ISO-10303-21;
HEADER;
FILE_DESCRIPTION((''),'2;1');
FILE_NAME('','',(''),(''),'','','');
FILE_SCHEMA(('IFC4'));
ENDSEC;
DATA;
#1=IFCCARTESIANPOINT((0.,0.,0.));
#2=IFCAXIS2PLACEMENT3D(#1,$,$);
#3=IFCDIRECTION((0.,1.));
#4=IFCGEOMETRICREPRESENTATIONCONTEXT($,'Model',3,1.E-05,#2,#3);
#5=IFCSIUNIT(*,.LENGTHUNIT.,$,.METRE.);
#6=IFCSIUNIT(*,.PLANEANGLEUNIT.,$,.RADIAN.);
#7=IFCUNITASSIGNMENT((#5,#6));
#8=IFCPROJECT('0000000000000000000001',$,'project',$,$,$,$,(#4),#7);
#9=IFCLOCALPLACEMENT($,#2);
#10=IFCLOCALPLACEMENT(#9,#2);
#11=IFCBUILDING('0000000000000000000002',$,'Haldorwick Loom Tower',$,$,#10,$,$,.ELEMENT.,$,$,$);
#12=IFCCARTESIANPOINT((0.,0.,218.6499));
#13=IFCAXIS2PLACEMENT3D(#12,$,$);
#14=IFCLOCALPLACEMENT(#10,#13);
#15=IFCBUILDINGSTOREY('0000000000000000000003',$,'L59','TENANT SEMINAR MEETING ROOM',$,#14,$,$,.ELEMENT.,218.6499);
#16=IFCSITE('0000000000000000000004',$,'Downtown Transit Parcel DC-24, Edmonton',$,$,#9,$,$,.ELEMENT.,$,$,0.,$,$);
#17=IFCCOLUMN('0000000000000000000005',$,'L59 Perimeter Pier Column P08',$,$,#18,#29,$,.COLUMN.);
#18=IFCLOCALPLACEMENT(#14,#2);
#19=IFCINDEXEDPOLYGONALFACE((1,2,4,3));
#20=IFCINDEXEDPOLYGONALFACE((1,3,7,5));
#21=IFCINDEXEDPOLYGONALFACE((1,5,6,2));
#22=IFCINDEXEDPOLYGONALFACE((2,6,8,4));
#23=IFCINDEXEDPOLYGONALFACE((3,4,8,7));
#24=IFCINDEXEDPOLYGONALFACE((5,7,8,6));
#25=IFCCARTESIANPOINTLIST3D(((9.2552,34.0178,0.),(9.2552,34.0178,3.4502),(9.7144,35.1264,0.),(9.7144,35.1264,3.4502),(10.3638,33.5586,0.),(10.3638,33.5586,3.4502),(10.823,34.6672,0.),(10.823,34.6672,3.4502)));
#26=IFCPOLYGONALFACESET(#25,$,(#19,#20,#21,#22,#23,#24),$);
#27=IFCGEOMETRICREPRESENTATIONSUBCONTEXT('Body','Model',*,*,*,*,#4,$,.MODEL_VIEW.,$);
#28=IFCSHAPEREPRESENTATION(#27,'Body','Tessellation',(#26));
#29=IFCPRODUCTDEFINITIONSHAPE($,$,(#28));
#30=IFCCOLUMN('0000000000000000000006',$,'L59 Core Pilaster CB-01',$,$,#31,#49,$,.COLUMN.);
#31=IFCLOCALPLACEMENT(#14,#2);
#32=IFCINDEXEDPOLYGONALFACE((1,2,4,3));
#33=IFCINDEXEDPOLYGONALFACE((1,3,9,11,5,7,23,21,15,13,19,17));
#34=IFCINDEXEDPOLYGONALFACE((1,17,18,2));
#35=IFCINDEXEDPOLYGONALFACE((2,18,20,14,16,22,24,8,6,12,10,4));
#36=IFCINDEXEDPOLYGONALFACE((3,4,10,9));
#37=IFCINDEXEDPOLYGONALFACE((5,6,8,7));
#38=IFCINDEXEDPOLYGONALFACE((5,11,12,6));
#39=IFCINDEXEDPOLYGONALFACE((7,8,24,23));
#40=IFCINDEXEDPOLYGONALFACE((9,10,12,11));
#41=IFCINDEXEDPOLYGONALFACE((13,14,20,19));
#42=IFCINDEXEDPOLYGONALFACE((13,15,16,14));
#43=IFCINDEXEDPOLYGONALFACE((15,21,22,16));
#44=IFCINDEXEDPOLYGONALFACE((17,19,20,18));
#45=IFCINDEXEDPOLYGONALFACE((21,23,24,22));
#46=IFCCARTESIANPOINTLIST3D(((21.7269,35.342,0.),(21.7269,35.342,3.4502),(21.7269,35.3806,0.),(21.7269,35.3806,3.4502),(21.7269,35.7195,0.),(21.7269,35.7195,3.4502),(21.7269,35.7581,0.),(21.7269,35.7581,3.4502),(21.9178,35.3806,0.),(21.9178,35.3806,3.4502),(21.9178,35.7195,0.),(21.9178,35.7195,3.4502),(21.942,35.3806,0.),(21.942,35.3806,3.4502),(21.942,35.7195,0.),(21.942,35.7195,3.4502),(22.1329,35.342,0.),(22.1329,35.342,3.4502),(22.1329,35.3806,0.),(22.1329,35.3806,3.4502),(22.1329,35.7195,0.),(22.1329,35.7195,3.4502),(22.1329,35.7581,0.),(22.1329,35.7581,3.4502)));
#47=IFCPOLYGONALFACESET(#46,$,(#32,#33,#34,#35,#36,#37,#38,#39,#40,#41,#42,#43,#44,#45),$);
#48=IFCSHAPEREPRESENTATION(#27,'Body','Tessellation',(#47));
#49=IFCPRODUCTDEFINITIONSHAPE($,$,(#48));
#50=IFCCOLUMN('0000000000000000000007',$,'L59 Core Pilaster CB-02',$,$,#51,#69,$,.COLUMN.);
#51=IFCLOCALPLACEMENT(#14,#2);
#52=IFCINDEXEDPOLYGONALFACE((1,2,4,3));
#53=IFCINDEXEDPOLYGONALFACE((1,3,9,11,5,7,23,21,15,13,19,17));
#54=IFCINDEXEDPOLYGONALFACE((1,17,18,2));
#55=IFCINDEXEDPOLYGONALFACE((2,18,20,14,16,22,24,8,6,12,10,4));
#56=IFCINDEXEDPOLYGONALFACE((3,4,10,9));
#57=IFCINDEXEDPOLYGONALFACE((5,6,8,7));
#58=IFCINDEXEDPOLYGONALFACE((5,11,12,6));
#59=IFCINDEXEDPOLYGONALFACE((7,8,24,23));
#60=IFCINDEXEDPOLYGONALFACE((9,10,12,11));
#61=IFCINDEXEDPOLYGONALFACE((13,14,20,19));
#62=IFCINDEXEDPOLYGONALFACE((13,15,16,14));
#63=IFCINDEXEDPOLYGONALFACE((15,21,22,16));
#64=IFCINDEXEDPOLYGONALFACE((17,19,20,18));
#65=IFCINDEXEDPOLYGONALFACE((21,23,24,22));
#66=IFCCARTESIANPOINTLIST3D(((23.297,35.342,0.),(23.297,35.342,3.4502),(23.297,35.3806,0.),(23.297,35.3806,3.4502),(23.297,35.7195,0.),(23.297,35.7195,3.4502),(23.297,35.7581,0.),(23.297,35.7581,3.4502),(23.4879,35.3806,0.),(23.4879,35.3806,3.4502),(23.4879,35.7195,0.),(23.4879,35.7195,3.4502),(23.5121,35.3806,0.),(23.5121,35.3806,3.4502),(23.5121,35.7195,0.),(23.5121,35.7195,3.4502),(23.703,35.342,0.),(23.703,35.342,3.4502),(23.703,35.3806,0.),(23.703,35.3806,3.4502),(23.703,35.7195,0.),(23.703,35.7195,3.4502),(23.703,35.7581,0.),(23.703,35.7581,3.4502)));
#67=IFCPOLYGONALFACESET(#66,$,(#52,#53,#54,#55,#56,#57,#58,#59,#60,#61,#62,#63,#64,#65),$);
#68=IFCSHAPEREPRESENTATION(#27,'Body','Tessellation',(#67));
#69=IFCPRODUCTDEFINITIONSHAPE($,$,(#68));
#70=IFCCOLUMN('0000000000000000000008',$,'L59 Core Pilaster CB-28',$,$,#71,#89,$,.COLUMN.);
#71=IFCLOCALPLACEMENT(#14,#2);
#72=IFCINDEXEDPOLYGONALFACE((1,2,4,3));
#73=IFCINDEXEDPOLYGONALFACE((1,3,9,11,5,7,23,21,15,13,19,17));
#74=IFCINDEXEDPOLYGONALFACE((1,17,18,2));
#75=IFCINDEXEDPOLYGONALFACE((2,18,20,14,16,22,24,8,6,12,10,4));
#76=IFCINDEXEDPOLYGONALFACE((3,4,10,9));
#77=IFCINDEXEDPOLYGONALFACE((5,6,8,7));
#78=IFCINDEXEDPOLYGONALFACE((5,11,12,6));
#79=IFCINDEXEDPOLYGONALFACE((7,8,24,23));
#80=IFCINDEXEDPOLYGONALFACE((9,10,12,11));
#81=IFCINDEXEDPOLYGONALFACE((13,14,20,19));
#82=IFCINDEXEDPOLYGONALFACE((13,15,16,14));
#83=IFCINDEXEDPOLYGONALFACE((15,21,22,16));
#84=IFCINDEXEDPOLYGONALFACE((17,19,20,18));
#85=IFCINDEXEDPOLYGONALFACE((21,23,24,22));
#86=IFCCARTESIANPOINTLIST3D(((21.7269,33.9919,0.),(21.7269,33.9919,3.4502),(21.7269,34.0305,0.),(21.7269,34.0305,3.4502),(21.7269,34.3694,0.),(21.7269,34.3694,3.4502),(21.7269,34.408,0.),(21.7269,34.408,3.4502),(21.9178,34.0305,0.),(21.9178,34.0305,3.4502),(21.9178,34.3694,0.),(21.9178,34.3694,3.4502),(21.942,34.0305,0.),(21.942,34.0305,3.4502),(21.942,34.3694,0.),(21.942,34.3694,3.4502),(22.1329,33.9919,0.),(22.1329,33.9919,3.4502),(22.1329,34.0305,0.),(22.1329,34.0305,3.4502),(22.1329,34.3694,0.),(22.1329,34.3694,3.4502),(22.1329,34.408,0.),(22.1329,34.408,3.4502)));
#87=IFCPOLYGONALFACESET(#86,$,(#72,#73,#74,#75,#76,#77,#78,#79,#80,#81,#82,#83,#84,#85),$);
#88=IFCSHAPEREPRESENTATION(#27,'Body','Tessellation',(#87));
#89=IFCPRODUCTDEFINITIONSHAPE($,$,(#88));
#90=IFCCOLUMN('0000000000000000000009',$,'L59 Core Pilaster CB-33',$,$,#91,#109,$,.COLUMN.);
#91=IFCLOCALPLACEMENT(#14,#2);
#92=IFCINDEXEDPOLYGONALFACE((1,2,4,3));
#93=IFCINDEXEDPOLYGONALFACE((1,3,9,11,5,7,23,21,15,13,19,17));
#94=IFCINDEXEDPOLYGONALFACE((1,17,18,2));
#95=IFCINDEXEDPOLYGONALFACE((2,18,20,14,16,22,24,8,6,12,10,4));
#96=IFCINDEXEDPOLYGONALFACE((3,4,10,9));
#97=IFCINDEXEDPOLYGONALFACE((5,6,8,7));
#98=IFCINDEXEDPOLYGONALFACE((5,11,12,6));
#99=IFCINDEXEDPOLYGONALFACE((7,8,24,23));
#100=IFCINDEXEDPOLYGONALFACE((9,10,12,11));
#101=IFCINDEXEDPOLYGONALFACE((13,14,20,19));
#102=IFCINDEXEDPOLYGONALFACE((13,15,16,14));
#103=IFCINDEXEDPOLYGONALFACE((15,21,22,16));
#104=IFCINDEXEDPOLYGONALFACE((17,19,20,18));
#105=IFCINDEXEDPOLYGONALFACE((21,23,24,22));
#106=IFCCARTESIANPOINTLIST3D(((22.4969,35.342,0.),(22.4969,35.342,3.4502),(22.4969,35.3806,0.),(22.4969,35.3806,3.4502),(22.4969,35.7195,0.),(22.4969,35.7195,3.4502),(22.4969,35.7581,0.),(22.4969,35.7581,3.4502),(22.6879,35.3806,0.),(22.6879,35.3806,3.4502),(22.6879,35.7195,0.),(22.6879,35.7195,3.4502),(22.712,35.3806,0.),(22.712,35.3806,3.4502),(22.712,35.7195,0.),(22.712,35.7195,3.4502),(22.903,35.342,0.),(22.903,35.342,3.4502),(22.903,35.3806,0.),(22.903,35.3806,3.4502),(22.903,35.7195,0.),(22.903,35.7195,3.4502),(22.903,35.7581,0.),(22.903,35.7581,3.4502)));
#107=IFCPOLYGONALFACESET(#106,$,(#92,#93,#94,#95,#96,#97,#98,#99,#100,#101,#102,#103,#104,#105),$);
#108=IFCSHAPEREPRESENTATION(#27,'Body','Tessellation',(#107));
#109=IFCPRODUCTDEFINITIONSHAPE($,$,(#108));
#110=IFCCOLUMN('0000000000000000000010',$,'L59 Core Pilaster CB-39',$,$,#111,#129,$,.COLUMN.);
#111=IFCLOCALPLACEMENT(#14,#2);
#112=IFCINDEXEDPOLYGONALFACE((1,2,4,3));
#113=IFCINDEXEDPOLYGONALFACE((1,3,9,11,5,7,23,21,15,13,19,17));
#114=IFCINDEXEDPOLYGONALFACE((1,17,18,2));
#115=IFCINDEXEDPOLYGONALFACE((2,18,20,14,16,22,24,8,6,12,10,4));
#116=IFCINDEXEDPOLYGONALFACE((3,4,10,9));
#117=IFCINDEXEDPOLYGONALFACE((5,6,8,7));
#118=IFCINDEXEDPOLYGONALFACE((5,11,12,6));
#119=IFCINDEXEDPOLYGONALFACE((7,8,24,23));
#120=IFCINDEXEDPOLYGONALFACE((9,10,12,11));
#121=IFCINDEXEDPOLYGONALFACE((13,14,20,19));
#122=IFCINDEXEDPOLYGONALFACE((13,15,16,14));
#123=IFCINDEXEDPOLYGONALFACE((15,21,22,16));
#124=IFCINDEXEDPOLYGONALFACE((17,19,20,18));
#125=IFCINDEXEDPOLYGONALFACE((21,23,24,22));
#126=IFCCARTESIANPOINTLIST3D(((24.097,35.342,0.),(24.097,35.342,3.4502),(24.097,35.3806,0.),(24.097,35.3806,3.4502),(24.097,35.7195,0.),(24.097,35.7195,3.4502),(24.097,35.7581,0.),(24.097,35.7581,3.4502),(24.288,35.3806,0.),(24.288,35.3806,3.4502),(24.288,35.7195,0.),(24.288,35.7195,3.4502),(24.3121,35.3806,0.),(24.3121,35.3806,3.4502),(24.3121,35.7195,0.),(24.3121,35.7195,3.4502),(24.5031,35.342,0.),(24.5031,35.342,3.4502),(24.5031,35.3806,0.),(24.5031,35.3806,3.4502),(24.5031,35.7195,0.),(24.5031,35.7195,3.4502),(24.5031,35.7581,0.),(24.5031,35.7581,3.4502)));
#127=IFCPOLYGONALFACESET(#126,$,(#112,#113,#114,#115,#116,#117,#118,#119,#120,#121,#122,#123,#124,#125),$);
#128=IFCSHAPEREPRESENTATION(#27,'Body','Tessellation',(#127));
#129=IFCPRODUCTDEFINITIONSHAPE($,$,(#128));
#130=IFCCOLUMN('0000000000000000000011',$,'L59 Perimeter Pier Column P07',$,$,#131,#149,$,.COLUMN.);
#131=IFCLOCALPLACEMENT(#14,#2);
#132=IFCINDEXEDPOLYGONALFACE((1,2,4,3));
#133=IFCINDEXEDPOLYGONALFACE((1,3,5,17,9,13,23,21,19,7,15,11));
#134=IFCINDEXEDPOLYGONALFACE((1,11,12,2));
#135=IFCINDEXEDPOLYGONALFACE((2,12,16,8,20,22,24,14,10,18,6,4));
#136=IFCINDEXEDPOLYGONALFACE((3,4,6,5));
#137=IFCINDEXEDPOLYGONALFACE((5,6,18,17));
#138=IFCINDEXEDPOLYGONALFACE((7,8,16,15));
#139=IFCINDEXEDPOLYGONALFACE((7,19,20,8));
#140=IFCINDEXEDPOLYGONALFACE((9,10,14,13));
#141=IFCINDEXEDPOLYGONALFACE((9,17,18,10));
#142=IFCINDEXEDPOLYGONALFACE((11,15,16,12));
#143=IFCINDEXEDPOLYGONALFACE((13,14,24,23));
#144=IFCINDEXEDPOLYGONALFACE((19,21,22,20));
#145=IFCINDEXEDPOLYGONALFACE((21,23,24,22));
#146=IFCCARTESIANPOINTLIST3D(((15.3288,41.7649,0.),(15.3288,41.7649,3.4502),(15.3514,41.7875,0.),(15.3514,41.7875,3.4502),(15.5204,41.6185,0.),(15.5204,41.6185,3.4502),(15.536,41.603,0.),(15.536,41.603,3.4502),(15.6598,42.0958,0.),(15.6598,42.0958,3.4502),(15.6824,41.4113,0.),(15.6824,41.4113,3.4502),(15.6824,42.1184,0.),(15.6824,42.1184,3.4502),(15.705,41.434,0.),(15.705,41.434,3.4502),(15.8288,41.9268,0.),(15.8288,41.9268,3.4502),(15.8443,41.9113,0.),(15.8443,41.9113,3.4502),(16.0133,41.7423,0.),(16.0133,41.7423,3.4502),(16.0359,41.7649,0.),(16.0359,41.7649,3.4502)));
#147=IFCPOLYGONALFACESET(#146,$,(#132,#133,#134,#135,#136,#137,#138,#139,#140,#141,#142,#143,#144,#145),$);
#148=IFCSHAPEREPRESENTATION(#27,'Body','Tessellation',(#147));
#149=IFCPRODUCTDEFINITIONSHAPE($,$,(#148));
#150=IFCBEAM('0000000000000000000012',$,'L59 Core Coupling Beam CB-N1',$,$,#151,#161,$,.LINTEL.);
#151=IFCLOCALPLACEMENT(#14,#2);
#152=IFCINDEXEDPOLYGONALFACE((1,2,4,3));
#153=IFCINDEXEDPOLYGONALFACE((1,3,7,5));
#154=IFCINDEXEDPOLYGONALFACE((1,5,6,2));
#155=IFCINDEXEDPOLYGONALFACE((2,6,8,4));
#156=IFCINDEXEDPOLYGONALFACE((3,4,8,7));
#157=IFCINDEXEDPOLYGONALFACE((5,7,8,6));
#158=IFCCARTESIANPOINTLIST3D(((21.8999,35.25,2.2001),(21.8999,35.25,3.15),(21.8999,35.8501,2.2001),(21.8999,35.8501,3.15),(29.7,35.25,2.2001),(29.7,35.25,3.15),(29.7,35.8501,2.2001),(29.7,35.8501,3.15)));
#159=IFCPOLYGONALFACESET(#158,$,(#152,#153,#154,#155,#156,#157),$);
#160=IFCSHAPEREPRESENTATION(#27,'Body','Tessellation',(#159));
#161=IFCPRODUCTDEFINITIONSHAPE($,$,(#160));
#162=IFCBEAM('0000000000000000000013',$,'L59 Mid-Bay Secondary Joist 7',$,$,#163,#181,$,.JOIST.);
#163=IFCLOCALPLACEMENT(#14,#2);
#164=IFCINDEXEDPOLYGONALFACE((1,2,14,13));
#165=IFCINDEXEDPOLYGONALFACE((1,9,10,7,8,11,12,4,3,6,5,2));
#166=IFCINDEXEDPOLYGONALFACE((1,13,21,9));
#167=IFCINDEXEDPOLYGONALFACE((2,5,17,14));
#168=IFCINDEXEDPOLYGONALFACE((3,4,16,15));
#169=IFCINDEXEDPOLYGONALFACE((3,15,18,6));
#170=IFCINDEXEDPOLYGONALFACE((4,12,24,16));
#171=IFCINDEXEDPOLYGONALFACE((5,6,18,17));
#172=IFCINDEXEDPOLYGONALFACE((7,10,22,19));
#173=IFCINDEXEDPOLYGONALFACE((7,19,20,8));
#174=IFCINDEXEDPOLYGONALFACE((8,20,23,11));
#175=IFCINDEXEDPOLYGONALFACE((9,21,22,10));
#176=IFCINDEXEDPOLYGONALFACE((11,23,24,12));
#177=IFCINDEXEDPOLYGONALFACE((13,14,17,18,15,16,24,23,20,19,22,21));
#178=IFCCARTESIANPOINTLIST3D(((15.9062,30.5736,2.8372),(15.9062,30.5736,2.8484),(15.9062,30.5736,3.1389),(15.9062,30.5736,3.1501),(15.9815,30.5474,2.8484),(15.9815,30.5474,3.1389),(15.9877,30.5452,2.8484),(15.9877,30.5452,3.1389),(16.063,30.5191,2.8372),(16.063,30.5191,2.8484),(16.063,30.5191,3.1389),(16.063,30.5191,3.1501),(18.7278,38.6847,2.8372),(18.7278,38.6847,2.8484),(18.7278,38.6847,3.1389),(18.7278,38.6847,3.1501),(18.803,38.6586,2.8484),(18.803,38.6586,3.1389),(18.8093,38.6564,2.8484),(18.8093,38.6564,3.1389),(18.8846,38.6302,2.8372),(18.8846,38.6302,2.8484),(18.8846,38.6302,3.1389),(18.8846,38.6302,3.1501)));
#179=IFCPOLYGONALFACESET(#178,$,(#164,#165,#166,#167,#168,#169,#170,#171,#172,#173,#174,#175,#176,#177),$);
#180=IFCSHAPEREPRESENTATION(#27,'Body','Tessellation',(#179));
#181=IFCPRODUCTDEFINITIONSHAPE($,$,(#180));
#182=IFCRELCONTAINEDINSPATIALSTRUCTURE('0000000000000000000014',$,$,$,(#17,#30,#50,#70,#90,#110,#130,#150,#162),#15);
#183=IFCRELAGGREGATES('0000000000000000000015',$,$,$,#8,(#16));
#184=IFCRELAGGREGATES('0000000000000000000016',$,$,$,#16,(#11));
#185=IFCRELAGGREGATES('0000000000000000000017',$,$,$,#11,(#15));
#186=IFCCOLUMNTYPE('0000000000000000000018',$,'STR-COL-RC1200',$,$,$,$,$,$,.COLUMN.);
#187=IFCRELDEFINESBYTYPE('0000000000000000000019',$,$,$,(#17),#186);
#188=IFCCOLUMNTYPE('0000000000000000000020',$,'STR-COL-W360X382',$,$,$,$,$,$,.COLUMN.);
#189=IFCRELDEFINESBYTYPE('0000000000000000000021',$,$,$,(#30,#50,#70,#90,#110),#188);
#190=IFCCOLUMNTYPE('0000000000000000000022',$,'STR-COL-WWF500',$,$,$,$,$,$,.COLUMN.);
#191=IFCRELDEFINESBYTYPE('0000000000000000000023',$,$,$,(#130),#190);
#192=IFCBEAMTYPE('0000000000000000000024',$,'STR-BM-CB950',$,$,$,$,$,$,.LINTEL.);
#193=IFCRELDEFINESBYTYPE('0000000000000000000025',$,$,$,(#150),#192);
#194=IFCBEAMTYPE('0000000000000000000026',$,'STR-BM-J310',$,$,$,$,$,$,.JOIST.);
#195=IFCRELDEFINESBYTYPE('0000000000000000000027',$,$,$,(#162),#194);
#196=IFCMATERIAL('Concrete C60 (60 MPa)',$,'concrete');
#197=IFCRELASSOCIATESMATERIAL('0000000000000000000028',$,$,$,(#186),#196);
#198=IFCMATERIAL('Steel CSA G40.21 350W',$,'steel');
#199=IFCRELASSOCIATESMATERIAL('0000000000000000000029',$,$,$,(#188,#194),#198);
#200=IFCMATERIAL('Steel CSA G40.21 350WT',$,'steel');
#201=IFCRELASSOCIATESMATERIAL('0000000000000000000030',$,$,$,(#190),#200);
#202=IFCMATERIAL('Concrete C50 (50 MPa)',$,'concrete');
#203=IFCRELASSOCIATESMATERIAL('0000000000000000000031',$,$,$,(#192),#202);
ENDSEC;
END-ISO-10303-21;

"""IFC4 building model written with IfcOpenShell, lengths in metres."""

from ifc_helpers import new_model, si_unit, direction, frame, origin, origin_2d, place, context, subcontext, project, spatial, rectangle, i_section, extrude, material, material_profile, profile_set, type_object, element, save


model = new_model("IFC4")

# Units and contexts
model_context = context("Model", 3, precision=1e-05, world=origin(), true_north=direction((0.0, 1.0)))
body_context = subcontext(model_context, "Body", "Model", "MODEL_VIEW")
ifc_project = project(units=[si_unit("LENGTHUNIT", "METRE"), si_unit("PLANEANGLEUNIT", "RADIAN")], contexts=[model_context])

# Site, building, storey
site_placement = place(None, origin())
site = spatial("IfcSite", under=ifc_project, at=site_placement, Name="Downtown Transit Parcel DC-24, Edmonton", CompositionType="ELEMENT", RefElevation=0.0)
building_placement = place(site_placement, origin())
building = spatial("IfcBuilding", under=site, at=building_placement, Name="Haldorwick Loom Tower", CompositionType="ELEMENT")
storey_placement = place(building_placement, frame((0.0, 0.0, 218.6499)))
storey = spatial("IfcBuildingStorey", under=building, at=storey_placement, Name="L59", Description="TENANT SEMINAR MEETING ROOM", CompositionType="ELEMENT", Elevation=218.6499)

# Columns
ifc_material_1 = material(Name="Concrete C60 (60 MPa)", Category="concrete")
ifc_material_profile_1 = material_profile(ifc_material_1, rectangle(XDim=1.2, YDim=1.2, at=origin_2d()), Name="RC1200X1200", Category="concrete")
ifc_profile_set_1 = profile_set([ifc_material_profile_1], Name="Concrete C60 (60 MPa)")
column_type_1 = type_object("IfcColumnType", Name="STR-COL-RC1200", PredefinedType="COLUMN", material=ifc_profile_set_1)
column_1_placement = place(storey_placement, frame((10.0391, 34.3425, 0.0), z_axis=(0.0, 0.0, 1.0), x_axis=(-0.92388, 0.382683, 0.0)))
element("IfcColumn", 1, at=column_1_placement, inside=storey, type_object=column_type_1, Name="L59 Perimeter Pier Column P08", PredefinedType="COLUMN", context=body_context, shape_type="SweptSolid", body=[
    extrude(rectangle(XDim=1.2, YDim=1.2, at=origin_2d()), origin(), (0.0, 0.0, 1.0), 3.4502),
])
ifc_material_2 = material(Name="Steel CSA G40.21 350W", Category="steel")
ifc_material_profile_2 = material_profile(ifc_material_2, i_section(OverallWidth=0.406, OverallDepth=0.416, WebThickness=0.0242, FlangeThickness=0.0386, at=origin_2d()), Name="W360X382", Category="steel")
ifc_profile_set_2 = profile_set([ifc_material_profile_2], Name="Steel CSA G40.21 350W")
column_type_2 = type_object("IfcColumnType", Name="STR-COL-W360X382", PredefinedType="COLUMN", material=ifc_profile_set_2)
for number, where, z_axis, x_axis, name in (
    (2, (21.9299, 35.55, 0.0), (0.0, 0.0, 1.0), (1.0, 0.0, 0.0), "L59 Core Pilaster CB-01"),
    (3, (23.5, 35.55, 0.0), (0.0, 0.0, 1.0), (1.0, 0.0, 0.0), "L59 Core Pilaster CB-02"),
    (4, (21.9299, 34.2, 0.0), (0.0, 0.0, 1.0), (1.0, 0.0, 0.0), "L59 Core Pilaster CB-28"),
    (5, (22.7, 35.55, 0.0), (0.0, 0.0, 1.0), (1.0, 0.0, 0.0), "L59 Core Pilaster CB-33"),
    (6, (24.3, 35.55, 0.0), (0.0, 0.0, 1.0), (1.0, 0.0, 0.0), "L59 Core Pilaster CB-39"),
):
    element("IfcColumn", number, at=place(storey_placement, frame(where, z_axis=z_axis, x_axis=x_axis)), inside=storey, type_object=column_type_2, Name=name, PredefinedType="COLUMN", context=body_context, shape_type="SweptSolid", body=[
        extrude(i_section(OverallWidth=0.406, OverallDepth=0.416, WebThickness=0.0242, FlangeThickness=0.0386, at=origin_2d()), origin(), (0.0, 0.0, 1.0), 3.4502),
    ])
ifc_material_3 = material(Name="Steel CSA G40.21 350WT", Category="steel")
ifc_material_profile_3 = material_profile(ifc_material_3, i_section(OverallWidth=0.5, OverallDepth=0.5, WebThickness=0.022, FlangeThickness=0.032, at=origin_2d()), Name="WWF500X500", Category="steel")
ifc_profile_set_3 = profile_set([ifc_material_profile_3], Name="Steel CSA G40.21 350WT")
column_type_3 = type_object("IfcColumnType", Name="STR-COL-WWF500", PredefinedType="COLUMN", material=ifc_profile_set_3)
column_2_placement = place(storey_placement, frame((15.6824, 41.7649, 0.0), z_axis=(0.0, 0.0, 1.0), x_axis=(-0.707107, 0.707107, 0.0)))
element("IfcColumn", 7, at=column_2_placement, inside=storey, type_object=column_type_3, Name="L59 Perimeter Pier Column P07", PredefinedType="COLUMN", context=body_context, shape_type="SweptSolid", body=[
    extrude(i_section(OverallWidth=0.5, OverallDepth=0.5, WebThickness=0.022, FlangeThickness=0.032, at=origin_2d()), origin(), (0.0, 0.0, 1.0), 3.4502),
])

# Beams
ifc_material_4 = material(Name="Concrete C50 (50 MPa)", Category="concrete")
ifc_material_profile_4 = material_profile(ifc_material_4, rectangle(XDim=0.6001, YDim=0.95, at=origin_2d()), Name="RC600X950", Category="concrete")
ifc_profile_set_4 = profile_set([ifc_material_profile_4], Name="Concrete C50 (50 MPa)")
beam_type_1 = type_object("IfcBeamType", Name="STR-BM-CB950", PredefinedType="LINTEL", material=ifc_profile_set_4)
beam_1_placement = place(storey_placement, frame((21.8999, 35.55, 2.675), z_axis=(1.0, 0.0, 0.0), x_axis=(0.0, 1.0, 0.0)))
element("IfcBeam", 8, at=beam_1_placement, inside=storey, type_object=beam_type_1, Name="L59 Core Coupling Beam CB-N1", PredefinedType="LINTEL", context=body_context, shape_type="SweptSolid", body=[
    extrude(rectangle(XDim=0.6001, YDim=0.95, at=origin_2d()), origin(), (0.0, 0.0, 1.0), 7.8),
])
ifc_material_profile_5 = material_profile(ifc_material_2, i_section(OverallWidth=0.166, OverallDepth=0.313, WebThickness=0.0066, FlangeThickness=0.0112, at=origin_2d()), Name="W310X45", Category="steel")
ifc_profile_set_5 = profile_set([ifc_material_profile_5], Name="Steel CSA G40.21 350W")
beam_type_2 = type_object("IfcBeamType", Name="STR-BM-J310", PredefinedType="JOIST", material=ifc_profile_set_5)
beam_2_placement = place(storey_placement, frame((18.8062, 38.6575, 2.9937), z_axis=(-0.32855, -0.944486, 0.0), x_axis=(0.944486, -0.32855, 0.0)))
element("IfcBeam", 9, at=beam_2_placement, inside=storey, type_object=beam_type_2, Name="L59 Mid-Bay Secondary Joist 7", PredefinedType="JOIST", context=body_context, shape_type="SweptSolid", body=[
    extrude(i_section(OverallWidth=0.166, OverallDepth=0.313, WebThickness=0.0066, FlangeThickness=0.0112, at=origin_2d()), origin(), (0.0, 0.0, 1.0), 8.5879),
])

save(model, "model.ifc")
